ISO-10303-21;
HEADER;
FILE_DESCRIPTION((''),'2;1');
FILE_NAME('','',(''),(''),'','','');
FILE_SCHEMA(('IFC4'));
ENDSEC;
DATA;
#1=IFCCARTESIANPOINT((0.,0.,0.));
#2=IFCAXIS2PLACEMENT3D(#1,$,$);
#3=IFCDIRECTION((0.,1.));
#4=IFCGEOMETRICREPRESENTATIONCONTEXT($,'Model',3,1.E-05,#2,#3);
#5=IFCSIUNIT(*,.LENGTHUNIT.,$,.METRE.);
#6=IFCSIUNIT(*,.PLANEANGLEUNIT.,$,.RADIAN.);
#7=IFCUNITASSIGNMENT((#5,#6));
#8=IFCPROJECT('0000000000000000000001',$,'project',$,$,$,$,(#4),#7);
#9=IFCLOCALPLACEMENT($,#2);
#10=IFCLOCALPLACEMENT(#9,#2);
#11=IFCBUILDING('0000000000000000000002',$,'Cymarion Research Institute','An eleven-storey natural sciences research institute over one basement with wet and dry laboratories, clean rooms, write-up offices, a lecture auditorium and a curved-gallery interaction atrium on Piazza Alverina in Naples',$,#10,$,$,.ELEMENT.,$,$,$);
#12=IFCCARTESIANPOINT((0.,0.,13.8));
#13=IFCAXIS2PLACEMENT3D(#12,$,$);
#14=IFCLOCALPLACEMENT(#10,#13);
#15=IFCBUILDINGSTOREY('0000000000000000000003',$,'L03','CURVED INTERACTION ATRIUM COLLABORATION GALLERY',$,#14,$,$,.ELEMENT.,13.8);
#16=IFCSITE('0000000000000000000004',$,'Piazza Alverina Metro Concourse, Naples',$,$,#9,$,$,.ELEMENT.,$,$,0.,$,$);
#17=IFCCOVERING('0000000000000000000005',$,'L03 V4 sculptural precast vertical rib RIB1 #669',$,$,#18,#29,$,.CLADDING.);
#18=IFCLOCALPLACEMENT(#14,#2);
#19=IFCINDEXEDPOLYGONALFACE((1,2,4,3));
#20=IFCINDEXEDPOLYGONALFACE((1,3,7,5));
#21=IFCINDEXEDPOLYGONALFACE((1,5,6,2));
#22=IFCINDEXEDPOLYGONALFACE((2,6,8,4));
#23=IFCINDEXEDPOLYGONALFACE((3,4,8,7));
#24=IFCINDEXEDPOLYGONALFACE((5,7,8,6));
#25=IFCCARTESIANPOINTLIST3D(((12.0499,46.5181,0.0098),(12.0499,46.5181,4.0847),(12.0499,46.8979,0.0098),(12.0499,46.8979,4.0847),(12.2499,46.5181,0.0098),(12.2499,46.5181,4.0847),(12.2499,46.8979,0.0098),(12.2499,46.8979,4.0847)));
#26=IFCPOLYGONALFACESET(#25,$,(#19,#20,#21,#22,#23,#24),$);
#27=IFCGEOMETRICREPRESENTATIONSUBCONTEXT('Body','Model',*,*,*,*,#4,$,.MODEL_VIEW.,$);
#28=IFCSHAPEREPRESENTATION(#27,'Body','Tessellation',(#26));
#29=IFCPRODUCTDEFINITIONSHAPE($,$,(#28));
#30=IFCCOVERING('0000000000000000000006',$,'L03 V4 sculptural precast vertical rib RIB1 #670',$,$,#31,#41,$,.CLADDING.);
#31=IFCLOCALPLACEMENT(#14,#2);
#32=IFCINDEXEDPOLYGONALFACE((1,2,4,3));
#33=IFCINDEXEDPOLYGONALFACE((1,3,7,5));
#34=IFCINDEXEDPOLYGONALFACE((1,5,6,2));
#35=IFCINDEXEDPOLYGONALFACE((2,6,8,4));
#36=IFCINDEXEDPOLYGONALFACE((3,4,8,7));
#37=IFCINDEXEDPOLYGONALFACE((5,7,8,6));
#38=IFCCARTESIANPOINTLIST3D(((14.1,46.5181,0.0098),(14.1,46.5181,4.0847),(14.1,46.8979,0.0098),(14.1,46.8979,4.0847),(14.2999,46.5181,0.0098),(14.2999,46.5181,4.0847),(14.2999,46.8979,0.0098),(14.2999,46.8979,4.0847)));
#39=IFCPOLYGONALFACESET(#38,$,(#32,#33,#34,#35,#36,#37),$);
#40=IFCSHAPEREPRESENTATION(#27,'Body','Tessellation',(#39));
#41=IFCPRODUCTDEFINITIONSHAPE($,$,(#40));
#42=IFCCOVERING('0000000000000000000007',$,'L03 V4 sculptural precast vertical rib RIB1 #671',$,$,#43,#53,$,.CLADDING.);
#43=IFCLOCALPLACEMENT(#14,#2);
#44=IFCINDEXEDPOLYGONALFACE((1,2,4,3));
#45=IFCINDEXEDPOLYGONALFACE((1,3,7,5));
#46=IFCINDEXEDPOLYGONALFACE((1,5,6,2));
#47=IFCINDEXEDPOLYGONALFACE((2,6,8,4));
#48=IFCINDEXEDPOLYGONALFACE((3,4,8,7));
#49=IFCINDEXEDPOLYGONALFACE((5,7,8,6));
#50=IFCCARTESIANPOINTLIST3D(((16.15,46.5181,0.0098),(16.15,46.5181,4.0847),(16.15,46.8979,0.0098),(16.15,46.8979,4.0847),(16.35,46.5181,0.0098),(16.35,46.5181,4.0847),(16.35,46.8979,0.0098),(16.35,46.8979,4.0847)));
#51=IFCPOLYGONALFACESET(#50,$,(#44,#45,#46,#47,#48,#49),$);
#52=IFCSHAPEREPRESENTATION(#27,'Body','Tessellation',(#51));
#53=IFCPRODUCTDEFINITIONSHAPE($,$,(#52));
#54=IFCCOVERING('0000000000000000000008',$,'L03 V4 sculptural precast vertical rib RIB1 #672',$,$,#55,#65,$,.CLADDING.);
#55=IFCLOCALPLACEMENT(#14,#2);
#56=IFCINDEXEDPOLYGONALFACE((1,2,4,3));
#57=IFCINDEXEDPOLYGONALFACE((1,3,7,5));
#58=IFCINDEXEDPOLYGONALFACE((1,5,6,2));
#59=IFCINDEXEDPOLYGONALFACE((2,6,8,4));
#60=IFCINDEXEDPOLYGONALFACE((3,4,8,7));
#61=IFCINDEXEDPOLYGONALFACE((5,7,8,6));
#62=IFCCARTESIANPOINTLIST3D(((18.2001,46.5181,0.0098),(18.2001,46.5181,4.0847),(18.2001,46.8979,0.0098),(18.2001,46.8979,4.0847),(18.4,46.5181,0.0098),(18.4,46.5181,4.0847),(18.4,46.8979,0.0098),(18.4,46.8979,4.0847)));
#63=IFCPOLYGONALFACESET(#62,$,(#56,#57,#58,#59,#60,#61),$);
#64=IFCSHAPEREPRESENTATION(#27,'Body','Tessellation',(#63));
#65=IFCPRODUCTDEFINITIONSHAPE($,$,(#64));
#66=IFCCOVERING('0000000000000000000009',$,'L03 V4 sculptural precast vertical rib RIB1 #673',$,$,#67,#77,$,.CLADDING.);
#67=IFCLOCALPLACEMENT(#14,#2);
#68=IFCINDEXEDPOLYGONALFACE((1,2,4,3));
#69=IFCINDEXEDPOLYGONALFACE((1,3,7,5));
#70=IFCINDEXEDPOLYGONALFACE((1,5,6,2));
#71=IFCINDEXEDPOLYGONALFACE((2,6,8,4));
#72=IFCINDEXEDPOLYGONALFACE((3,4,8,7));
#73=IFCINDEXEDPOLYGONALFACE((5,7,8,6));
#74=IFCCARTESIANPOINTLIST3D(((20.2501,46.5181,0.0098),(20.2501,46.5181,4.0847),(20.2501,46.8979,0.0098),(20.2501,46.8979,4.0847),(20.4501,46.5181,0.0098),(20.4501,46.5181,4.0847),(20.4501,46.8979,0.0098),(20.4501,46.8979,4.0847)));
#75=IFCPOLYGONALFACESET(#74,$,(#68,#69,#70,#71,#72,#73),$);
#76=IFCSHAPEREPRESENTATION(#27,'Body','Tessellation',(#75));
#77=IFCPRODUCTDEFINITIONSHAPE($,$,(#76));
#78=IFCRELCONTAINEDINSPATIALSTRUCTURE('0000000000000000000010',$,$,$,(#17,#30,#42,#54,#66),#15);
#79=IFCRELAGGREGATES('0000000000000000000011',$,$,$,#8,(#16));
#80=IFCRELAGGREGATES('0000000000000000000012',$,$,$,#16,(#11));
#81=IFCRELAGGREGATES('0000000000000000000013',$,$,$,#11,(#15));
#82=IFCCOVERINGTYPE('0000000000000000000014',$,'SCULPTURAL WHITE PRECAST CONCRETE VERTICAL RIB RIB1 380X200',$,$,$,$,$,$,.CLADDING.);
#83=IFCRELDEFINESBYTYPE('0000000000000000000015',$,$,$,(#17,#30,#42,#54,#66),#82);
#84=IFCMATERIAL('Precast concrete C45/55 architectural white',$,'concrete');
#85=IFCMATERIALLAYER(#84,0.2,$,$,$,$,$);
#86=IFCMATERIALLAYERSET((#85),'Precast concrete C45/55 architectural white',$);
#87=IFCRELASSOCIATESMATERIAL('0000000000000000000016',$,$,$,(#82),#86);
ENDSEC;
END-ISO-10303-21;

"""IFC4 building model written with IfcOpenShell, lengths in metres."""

from ifc_helpers import new_model, si_unit, direction, frame, origin, origin_2d, place, context, subcontext, project, spatial, rectangle, extrude, material, layer, layer_set, type_object, element, save


model = new_model("IFC4")

# Units and contexts
model_context = context("Model", 3, precision=1e-05, world=origin(), true_north=direction((0.0, 1.0)))
body_context = subcontext(model_context, "Body", "Model", "MODEL_VIEW")
ifc_project = project(units=[si_unit("LENGTHUNIT", "METRE"), si_unit("PLANEANGLEUNIT", "RADIAN")], contexts=[model_context])

# Site, building, storey
site_placement = place(None, origin())
site = spatial("IfcSite", under=ifc_project, at=site_placement, Name="Piazza Alverina Metro Concourse, Naples", CompositionType="ELEMENT", RefElevation=0.0)
building_placement = place(site_placement, origin())
building = spatial("IfcBuilding", under=site, at=building_placement, Name="Cymarion Research Institute", Description="An eleven-storey natural sciences research institute over one basement with wet and dry laboratories, clean rooms, write-up offices, a lecture auditorium and a curved-gallery interaction atrium on Piazza Alverina in Naples", CompositionType="ELEMENT")
storey_placement = place(building_placement, frame((0.0, 0.0, 13.8)))
storey = spatial("IfcBuildingStorey", under=building, at=storey_placement, Name="L03", Description="CURVED INTERACTION ATRIUM COLLABORATION GALLERY", CompositionType="ELEMENT", Elevation=13.8)

# Coverings
ifc_material_1 = material(Name="Precast concrete C45/55 architectural white", Category="concrete")
ifc_layer_1 = layer(ifc_material_1, 0.2)
ifc_layer_set_1 = layer_set([ifc_layer_1], Name="Precast concrete C45/55 architectural white")
covering_type = type_object("IfcCoveringType", Name="SCULPTURAL WHITE PRECAST CONCRETE VERTICAL RIB RIB1 380X200", PredefinedType="CLADDING", material=ifc_layer_set_1)
for number, where, z_axis, x_axis, name in (
    (1, (12.1499, 46.708, 0.0098), (0.0, 0.0, 1.0), (0.0, -1.0, 0.0), "L03 V4 sculptural precast vertical rib RIB1 #669"),
    (2, (14.2, 46.708, 0.0098), (0.0, 0.0, 1.0), (0.0, -1.0, 0.0), "L03 V4 sculptural precast vertical rib RIB1 #670"),
    (3, (16.25, 46.708, 0.0098), (0.0, 0.0, 1.0), (0.0, -1.0, 0.0), "L03 V4 sculptural precast vertical rib RIB1 #671"),
    (4, (18.3, 46.708, 0.0098), (0.0, 0.0, 1.0), (0.0, -1.0, 0.0), "L03 V4 sculptural precast vertical rib RIB1 #672"),
    (5, (20.3501, 46.708, 0.0098), (0.0, 0.0, 1.0), (0.0, -1.0, 0.0), "L03 V4 sculptural precast vertical rib RIB1 #673"),
):
    element("IfcCovering", number, at=place(storey_placement, frame(where, z_axis=z_axis, x_axis=x_axis)), inside=storey, type_object=covering_type, Name=name, PredefinedType="CLADDING", context=body_context, shape_type="SweptSolid", body=[
        extrude(rectangle(XDim=0.3799, YDim=0.2, at=origin_2d()), origin(), (0.0, 0.0, 1.0), 4.075),
    ])

save(model, "model.ifc")
